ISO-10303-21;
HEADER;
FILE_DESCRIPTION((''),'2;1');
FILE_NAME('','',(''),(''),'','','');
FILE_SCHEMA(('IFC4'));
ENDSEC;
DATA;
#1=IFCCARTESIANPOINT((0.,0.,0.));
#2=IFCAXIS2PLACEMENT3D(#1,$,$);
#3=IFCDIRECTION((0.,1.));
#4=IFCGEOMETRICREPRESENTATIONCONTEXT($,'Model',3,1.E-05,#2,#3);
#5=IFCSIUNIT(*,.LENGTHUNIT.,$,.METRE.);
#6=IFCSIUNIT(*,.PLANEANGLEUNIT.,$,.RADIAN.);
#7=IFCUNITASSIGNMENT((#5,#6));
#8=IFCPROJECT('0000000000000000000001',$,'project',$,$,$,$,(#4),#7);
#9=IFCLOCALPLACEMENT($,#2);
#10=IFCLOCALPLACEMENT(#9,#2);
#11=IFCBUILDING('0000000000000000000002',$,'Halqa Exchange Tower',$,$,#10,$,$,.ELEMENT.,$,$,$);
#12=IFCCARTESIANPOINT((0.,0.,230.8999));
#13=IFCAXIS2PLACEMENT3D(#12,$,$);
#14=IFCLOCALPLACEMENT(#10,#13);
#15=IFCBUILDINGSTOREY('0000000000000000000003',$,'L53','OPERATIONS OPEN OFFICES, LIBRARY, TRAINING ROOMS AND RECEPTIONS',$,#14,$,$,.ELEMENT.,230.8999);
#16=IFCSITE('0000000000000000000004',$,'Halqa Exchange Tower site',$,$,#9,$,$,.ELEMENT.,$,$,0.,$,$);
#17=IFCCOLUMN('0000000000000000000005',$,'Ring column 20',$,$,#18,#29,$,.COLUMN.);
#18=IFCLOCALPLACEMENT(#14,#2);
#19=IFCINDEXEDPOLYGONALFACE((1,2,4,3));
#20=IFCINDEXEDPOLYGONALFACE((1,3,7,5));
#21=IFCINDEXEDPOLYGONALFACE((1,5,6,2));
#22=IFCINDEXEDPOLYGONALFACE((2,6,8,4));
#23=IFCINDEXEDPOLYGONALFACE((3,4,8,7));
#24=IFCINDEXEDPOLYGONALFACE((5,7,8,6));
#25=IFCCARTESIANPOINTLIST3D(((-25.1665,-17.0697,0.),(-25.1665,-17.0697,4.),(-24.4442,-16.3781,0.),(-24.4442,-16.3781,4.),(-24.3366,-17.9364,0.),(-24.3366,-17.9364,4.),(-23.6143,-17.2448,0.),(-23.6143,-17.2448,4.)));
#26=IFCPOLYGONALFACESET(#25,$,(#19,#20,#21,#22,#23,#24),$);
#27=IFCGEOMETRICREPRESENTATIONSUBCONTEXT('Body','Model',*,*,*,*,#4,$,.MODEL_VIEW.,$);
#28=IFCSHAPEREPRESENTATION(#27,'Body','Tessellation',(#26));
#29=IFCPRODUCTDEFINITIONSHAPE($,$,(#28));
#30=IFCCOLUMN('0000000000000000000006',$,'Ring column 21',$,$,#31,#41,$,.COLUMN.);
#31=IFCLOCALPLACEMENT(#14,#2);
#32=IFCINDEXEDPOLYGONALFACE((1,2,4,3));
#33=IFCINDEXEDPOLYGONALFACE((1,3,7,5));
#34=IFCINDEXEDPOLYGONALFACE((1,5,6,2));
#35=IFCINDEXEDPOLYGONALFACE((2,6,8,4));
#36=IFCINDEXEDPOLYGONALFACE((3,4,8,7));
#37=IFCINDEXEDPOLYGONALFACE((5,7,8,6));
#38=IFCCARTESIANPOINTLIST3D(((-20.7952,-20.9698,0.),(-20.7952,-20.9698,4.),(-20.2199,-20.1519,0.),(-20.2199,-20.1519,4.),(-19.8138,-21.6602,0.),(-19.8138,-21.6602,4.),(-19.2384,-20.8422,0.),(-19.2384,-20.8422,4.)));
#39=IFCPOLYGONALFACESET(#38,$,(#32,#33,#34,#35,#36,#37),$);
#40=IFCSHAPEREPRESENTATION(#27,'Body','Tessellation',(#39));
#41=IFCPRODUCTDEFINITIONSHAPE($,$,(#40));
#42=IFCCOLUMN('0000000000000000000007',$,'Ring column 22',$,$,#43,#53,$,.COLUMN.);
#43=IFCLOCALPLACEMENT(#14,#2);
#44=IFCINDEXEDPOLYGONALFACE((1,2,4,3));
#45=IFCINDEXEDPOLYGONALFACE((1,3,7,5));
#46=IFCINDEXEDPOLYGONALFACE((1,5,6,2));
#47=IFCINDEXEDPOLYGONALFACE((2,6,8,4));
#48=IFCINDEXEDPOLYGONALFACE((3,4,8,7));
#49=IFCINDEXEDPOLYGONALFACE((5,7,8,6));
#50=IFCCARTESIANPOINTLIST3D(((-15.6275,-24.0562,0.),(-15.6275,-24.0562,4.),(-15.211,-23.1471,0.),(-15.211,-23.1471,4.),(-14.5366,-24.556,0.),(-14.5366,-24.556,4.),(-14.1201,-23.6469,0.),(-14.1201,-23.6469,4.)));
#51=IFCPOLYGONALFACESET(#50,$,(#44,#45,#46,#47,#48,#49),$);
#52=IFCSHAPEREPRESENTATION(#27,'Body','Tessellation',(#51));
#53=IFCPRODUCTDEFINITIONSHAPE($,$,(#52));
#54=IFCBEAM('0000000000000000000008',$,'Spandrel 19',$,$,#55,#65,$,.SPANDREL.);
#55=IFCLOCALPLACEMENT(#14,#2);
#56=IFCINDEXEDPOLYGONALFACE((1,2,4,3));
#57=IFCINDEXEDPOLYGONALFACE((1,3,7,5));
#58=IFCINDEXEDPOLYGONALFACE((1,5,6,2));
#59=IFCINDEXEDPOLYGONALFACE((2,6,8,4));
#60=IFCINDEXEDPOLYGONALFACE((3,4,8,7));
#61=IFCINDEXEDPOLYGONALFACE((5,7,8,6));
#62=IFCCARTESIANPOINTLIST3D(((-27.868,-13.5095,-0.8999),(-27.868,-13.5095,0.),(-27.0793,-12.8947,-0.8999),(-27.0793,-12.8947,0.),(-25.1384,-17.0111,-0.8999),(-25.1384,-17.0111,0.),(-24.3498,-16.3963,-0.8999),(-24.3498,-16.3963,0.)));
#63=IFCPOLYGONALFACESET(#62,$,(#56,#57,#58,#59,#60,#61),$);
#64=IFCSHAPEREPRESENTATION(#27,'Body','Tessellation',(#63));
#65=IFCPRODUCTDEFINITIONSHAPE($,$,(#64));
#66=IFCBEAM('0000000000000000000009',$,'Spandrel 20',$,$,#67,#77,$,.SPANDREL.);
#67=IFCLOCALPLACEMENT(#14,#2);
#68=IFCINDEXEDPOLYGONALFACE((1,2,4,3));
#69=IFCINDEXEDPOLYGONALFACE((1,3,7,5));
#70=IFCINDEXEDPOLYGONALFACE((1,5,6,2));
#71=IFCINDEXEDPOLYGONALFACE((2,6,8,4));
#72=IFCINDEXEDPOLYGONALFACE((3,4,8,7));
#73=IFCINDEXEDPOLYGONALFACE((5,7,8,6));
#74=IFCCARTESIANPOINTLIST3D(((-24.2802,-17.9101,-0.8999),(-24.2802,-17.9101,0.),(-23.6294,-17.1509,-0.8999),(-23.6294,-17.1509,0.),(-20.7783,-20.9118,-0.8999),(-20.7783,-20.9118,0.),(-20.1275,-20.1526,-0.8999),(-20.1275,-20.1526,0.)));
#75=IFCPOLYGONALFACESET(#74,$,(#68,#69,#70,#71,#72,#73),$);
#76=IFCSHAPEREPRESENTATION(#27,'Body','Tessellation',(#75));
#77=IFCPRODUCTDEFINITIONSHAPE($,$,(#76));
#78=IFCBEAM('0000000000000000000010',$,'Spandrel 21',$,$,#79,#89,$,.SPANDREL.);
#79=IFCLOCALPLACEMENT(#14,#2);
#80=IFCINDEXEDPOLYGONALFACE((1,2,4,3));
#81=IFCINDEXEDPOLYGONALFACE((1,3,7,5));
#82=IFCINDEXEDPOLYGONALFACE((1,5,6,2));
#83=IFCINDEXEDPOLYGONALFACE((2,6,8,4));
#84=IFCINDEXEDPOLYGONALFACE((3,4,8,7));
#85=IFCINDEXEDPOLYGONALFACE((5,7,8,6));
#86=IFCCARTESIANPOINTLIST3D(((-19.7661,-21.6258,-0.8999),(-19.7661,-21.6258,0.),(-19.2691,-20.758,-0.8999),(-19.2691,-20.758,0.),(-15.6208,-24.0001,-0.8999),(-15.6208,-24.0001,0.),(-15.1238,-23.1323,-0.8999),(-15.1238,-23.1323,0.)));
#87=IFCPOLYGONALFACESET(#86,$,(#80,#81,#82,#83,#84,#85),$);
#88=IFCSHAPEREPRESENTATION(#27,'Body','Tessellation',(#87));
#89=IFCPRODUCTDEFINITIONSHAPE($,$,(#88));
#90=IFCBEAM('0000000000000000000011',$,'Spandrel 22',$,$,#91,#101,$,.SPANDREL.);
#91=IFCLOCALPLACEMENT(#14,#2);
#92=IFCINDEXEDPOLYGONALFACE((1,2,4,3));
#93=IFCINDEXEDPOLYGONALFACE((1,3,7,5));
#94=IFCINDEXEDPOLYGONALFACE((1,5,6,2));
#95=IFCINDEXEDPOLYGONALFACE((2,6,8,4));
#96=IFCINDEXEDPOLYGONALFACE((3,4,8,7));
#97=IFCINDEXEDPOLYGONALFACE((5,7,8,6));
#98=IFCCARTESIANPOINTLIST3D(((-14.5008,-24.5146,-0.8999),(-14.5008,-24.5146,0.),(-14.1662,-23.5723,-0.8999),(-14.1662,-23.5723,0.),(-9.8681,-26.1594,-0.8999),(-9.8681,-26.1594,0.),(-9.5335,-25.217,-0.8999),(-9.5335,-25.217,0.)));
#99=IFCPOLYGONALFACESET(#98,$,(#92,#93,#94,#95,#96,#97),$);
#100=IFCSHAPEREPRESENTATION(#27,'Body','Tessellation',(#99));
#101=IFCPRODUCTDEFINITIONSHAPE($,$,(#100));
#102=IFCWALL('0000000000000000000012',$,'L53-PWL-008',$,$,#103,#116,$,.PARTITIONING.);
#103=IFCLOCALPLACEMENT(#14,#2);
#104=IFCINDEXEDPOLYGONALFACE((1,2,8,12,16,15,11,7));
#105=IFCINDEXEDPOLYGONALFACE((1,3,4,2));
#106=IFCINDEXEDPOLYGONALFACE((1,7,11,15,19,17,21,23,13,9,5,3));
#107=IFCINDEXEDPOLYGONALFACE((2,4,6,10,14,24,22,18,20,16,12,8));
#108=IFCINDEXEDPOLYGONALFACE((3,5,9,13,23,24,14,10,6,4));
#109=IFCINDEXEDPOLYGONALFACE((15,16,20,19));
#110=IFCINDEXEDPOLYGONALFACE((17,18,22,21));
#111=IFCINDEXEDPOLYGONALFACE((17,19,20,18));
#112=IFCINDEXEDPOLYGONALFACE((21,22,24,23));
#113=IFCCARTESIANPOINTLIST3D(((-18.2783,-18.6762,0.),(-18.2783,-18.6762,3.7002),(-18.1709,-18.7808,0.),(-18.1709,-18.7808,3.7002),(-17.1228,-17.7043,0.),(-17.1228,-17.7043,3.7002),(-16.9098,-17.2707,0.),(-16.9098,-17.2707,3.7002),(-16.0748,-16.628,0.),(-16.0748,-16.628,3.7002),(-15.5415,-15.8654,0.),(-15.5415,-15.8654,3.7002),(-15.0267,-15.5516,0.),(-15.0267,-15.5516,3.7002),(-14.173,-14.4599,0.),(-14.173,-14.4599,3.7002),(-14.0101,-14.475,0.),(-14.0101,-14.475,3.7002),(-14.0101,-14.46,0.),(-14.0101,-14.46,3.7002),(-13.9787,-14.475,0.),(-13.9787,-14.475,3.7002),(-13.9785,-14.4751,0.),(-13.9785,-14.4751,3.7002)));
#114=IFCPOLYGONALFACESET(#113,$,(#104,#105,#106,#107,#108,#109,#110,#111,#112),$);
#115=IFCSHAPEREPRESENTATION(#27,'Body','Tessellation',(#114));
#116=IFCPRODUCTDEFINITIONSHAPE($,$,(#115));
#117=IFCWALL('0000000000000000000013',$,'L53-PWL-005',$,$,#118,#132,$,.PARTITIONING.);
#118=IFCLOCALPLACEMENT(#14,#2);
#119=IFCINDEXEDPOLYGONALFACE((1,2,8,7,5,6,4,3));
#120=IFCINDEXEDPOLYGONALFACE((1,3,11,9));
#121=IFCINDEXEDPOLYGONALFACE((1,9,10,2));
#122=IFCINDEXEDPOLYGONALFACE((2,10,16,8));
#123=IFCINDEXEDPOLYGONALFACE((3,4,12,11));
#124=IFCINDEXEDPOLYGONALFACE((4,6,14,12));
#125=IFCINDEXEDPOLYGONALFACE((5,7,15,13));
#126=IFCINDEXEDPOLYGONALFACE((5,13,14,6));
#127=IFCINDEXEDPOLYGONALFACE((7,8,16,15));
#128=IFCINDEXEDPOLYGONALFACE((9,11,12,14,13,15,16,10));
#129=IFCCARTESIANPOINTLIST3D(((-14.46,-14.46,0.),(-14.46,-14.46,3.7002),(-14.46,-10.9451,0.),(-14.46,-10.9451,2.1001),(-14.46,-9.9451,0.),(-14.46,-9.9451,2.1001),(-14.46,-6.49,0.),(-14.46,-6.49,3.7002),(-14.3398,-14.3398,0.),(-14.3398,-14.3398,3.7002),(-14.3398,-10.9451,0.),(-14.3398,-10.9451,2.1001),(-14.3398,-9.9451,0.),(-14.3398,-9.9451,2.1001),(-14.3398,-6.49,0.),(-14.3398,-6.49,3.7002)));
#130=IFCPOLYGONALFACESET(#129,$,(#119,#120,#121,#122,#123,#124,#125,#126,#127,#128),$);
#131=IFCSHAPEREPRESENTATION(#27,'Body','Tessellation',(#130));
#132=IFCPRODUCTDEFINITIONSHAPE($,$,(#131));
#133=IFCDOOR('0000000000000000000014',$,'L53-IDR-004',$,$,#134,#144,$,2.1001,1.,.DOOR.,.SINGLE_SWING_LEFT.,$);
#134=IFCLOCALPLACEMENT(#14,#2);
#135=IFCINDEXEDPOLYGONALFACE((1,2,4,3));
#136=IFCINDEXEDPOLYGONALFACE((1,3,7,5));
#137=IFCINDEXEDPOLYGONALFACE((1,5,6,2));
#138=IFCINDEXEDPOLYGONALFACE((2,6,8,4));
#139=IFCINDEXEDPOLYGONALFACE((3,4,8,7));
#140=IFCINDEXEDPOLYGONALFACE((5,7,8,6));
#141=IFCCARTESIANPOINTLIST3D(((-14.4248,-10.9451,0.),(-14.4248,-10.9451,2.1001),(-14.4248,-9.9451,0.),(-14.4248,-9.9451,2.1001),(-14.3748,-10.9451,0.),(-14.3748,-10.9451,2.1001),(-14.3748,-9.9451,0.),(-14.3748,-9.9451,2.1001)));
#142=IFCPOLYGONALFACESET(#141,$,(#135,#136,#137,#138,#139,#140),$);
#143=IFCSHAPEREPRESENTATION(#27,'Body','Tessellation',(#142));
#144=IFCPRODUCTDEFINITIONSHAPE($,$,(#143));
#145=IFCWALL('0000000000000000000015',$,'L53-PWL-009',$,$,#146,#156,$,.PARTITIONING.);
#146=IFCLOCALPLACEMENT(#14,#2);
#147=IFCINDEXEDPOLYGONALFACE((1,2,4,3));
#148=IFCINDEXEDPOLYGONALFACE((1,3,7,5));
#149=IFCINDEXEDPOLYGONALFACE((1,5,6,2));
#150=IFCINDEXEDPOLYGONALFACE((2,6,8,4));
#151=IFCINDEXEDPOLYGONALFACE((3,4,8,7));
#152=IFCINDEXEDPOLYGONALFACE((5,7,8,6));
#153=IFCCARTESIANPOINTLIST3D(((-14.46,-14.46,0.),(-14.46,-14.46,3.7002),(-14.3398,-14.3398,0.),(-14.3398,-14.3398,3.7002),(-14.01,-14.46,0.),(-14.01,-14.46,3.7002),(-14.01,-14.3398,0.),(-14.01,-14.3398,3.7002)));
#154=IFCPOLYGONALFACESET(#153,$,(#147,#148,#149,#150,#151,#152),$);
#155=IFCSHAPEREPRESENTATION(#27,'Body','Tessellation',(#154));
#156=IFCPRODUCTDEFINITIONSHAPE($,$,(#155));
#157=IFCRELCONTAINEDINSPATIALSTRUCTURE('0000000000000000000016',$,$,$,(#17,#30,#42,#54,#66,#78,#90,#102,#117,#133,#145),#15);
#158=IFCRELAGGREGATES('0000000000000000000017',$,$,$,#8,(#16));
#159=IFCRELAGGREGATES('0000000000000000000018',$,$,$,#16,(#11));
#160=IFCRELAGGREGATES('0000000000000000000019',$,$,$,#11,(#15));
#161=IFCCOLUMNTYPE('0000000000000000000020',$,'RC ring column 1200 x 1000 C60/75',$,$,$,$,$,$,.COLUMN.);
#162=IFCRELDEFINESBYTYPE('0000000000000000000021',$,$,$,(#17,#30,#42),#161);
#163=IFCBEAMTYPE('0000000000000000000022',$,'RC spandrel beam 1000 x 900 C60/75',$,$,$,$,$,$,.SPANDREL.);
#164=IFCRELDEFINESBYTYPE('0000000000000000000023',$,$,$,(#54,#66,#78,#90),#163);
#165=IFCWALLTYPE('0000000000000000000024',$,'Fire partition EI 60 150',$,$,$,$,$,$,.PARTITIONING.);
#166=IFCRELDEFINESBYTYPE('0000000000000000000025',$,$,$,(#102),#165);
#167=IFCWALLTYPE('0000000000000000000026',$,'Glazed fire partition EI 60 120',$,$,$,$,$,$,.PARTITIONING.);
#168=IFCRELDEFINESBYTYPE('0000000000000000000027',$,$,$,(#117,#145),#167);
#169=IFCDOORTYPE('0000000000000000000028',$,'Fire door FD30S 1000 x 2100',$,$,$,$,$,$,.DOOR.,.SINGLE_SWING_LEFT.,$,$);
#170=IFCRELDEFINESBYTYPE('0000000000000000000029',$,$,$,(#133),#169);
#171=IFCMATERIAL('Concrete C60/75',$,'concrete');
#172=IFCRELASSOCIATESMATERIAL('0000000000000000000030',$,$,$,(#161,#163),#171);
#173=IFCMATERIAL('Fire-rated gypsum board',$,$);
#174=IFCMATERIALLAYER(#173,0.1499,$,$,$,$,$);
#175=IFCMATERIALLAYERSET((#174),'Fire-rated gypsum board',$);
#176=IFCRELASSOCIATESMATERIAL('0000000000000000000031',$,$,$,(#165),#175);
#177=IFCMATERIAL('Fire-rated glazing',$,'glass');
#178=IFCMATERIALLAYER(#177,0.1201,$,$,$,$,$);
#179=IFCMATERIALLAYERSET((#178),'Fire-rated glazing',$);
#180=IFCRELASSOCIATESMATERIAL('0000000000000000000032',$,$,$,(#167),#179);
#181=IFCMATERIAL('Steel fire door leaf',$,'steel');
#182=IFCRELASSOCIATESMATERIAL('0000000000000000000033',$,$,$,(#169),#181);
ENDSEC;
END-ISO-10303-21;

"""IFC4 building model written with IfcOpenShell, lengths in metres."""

from ifc_helpers import new_model, si_unit, direction, frame, frame_2d, origin, origin_2d, place, context, subcontext, project, spatial, polyline, rectangle, outline, extrude, material, layer, layer_set, material_profile, profile_set, type_object, element, fill, save


model = new_model("IFC4")

# Units and contexts
model_context = context("Model", 3, precision=1e-05, world=origin(), true_north=direction((0.0, 1.0)))
body_context = subcontext(model_context, "Body", "Model", "MODEL_VIEW")
ifc_project = project(units=[si_unit("LENGTHUNIT", "METRE"), si_unit("PLANEANGLEUNIT", "RADIAN")], contexts=[model_context])

# Site, building, storey
site_placement = place(None, origin())
site = spatial("IfcSite", under=ifc_project, at=site_placement, Name="Halqa Exchange Tower site", CompositionType="ELEMENT", RefElevation=0.0)
building_placement = place(site_placement, origin())
building = spatial("IfcBuilding", under=site, at=building_placement, Name="Halqa Exchange Tower", CompositionType="ELEMENT")
storey_placement = place(building_placement, frame((0.0, 0.0, 230.8999)))
storey = spatial("IfcBuildingStorey", under=building, at=storey_placement, Name="L53", Description="OPERATIONS OPEN OFFICES, LIBRARY, TRAINING ROOMS AND RECEPTIONS", CompositionType="ELEMENT", Elevation=230.8999)

# Columns
ifc_material_1 = material(Name="Concrete C60/75", Category="concrete")
ifc_material_profile_1 = material_profile(ifc_material_1, rectangle(XDim=1.2, YDim=1.0, at=origin_2d()), Name="1200 x 1000")
ifc_profile_set_1 = profile_set([ifc_material_profile_1], Name="Concrete C60/75")
column_type = type_object("IfcColumnType", Name="RC ring column 1200 x 1000 C60/75", PredefinedType="COLUMN", material=ifc_profile_set_1)
for number, where, z_axis, x_axis, name in (
    (1, (-24.3904, -17.1572, 0.0), (0.0, 0.0, 1.0), (0.691576, -0.722304, 0.0), "Ring column 20"),
    (2, (-20.0168, -20.906, 0.0), (0.0, 0.0, 1.0), (0.817909, -0.575348, 0.0), "Ring column 21"),
    (3, (-14.8738, -23.8516, 0.0), (0.0, 0.0, 1.0), (0.909129, -0.416516, 0.0), "Ring column 22"),
):
    element("IfcColumn", number, at=place(storey_placement, frame(where, z_axis=z_axis, x_axis=x_axis)), inside=storey, type_object=column_type, Name=name, PredefinedType="COLUMN", context=body_context, shape_type="SweptSolid", body=[
        extrude(rectangle(XDim=1.2, YDim=1.0, at=origin_2d()), origin(), (0.0, 0.0, 1.0), 4.0),
    ])

# Beams
ifc_material_profile_2 = material_profile(ifc_material_1, rectangle(XDim=1.0, YDim=0.8999, at=origin_2d()), Name="1000 x 900")
ifc_profile_set_2 = profile_set([ifc_material_profile_2], Name="Concrete C60/75")
beam_type = type_object("IfcBeamType", Name="RC spandrel beam 1000 x 900 C60/75", PredefinedType="SPANDREL", material=ifc_profile_set_2)
beam_1_placement = place(storey_placement, frame((-27.4736, -13.2021, -0.45), z_axis=(0.614801, -0.788683, 0.0), x_axis=(0.788683, 0.614801, 0.0)))
element("IfcBeam", 4, at=beam_1_placement, inside=storey, type_object=beam_type, Name="Spandrel 19", PredefinedType="SPANDREL", context=body_context, shape_type="SweptSolid", body=[
    extrude(rectangle(XDim=1.0, YDim=0.8999, at=origin_2d()), origin(), (0.0, 0.0, 1.0), 4.4397),
])
beam_2_placement = place(storey_placement, frame((-23.9548, -17.5305, -0.45), z_axis=(0.759253, -0.650796, 0.0), x_axis=(0.650796, 0.759253, 0.0)))
element("IfcBeam", 5, at=beam_2_placement, inside=storey, type_object=beam_type, Name="Spandrel 20", PredefinedType="SPANDREL", context=body_context, shape_type="SweptSolid", body=[
    extrude(rectangle(XDim=1.0, YDim=0.8999, at=origin_2d()), origin(), (0.0, 0.0, 1.0), 4.6123),
])
beam_3_placement = place(storey_placement, frame((-19.5176, -21.1919, -0.45), z_axis=(0.867743, -0.497014, 0.0), x_axis=(0.497014, 0.867743, 0.0)))
element("IfcBeam", 6, at=beam_3_placement, inside=storey, type_object=beam_type, Name="Spandrel 21", PredefinedType="SPANDREL", context=body_context, shape_type="SweptSolid", body=[
    extrude(rectangle(XDim=1.0, YDim=0.8999, at=origin_2d()), origin(), (0.0, 0.0, 1.0), 4.7771),
])
beam_4_placement = place(storey_placement, frame((-14.3335, -24.0435, -0.45), z_axis=(0.942372, -0.334568, 0.0), x_axis=(0.334568, 0.942372, 0.0)))
element("IfcBeam", 7, at=beam_4_placement, inside=storey, type_object=beam_type, Name="Spandrel 22", PredefinedType="SPANDREL", context=body_context, shape_type="SweptSolid", body=[
    extrude(rectangle(XDim=1.0, YDim=0.8999, at=origin_2d()), origin(), (0.0, 0.0, 1.0), 4.916),
])

# Wall
ifc_material_2 = material(Name="Fire-rated gypsum board")
ifc_layer_1 = layer(ifc_material_2, 0.1499)
ifc_layer_set_1 = layer_set([ifc_layer_1], Name="Fire-rated gypsum board")
wall_type_1 = type_object("IfcWallType", Name="Fire partition EI 60 150", PredefinedType="PARTITIONING", material=ifc_layer_set_1)
wall_1_placement = place(storey_placement, frame((-14.0322, -14.4229, 0.0), z_axis=(0.0, 0.0, 1.0), x_axis=(-0.697619, -0.716469, 0.0)))
element("IfcWall", 8, at=wall_1_placement, inside=storey, type_object=wall_type_1, Name="L53-PWL-008", PredefinedType="PARTITIONING", context=body_context, shape_type="SweptSolid", body=[
    extrude(outline(polyline([(0.0, 0.075), (0.0, 0.0747), (0.022, 0.0522), (0.0112, 0.0417), (0.1248, -0.075), (2.0864, -0.075), (4.0479, -0.075), (6.0095, -0.075), (6.0095, 0.075), (4.5071, 0.075), (3.0049, 0.075), (1.5024, 0.075), (0.0, 0.075)])), origin(), (0.0, 0.0, 1.0), 3.7002),
])

# Wall, opening, door
ifc_material_3 = material(Name="Fire-rated glazing", Category="glass")
ifc_layer_2 = layer(ifc_material_3, 0.1201)
ifc_layer_set_2 = layer_set([ifc_layer_2], Name="Fire-rated glazing")
wall_type_2 = type_object("IfcWallType", Name="Glazed fire partition EI 60 120", PredefinedType="PARTITIONING", material=ifc_layer_set_2)
wall_2_placement = place(storey_placement, frame((-14.3999, -14.46, 0.0), z_axis=(0.0, 0.0, 1.0), x_axis=(0.0, 1.0, 0.0)))
wall_2 = element("IfcWall", 9, at=wall_2_placement, inside=storey, type_object=wall_type_2, Name="L53-PWL-005", PredefinedType="PARTITIONING", context=body_context, shape_type="SweptSolid", body=[
    extrude(outline(polyline([(7.97, 0.0601), (5.9775, 0.0601), (3.9849, 0.0601), (1.9924, 0.0601), (0.0, 0.0601), (0.1201, -0.0601), (2.0825, -0.0601), (4.0449, -0.0601), (6.0076, -0.0601), (7.97, -0.0601), (7.97, 0.0601)])), origin(), (0.0, 0.0, 1.0), 3.7002),
])
opening_1_placement = place(wall_2_placement, frame((3.5149, 0.0, 0.0)))
opening_1 = element("IfcOpeningElement", 10, at=opening_1_placement, cuts=wall_2, PredefinedType="OPENING", context=body_context, shape_type="SweptSolid", body=[
    extrude(rectangle(XDim=1.0, YDim=2.1001, at=frame_2d((0.5, 1.05))), frame((0.0, 0.072, 0.0), z_axis=(0.0, -1.0, 0.0), x_axis=(1.0, 0.0, 0.0)), (0.0, 0.0, 1.0), 0.144),
])
ifc_material_4 = material(Name="Steel fire door leaf", Category="steel")
door_type_1 = type_object("IfcDoorType", Name="Fire door FD30S 1000 x 2100", OperationType="SINGLE_SWING_LEFT", PredefinedType="DOOR", material=ifc_material_4)
door_1_placement = place(opening_1_placement, origin())
door_1 = element("IfcDoor", 11, at=door_1_placement, inside=storey, type_object=door_type_1, Name="L53-IDR-004", OperationType="SINGLE_SWING_LEFT", OverallHeight=2.1001, OverallWidth=1.0, PredefinedType="DOOR", context=body_context, shape_type="SweptSolid", body=[
    extrude(rectangle(XDim=1.0, YDim=2.1001, at=frame_2d((0.5, 1.05))), frame((0.0, 0.0249, 0.0), z_axis=(0.0, -1.0, 0.0), x_axis=(1.0, 0.0, 0.0)), (0.0, 0.0, 1.0), 0.05),
])
fill(opening_1, door_1)

# Wall
wall_3_placement = place(storey_placement, frame((-14.01, -14.3999, 0.0), z_axis=(0.0, 0.0, 1.0), x_axis=(-1.0, 0.0, 0.0)))
element("IfcWall", 12, at=wall_3_placement, inside=storey, type_object=wall_type_2, Name="L53-PWL-009", PredefinedType="PARTITIONING", context=body_context, shape_type="SweptSolid", body=[
    extrude(outline(polyline([(0.0, -0.0601), (0.3298, -0.0601), (0.45, 0.0601), (0.0, 0.0601), (0.0, -0.0601)])), origin(), (0.0, 0.0, 1.0), 3.7002),
])

save(model, "model.ifc")
